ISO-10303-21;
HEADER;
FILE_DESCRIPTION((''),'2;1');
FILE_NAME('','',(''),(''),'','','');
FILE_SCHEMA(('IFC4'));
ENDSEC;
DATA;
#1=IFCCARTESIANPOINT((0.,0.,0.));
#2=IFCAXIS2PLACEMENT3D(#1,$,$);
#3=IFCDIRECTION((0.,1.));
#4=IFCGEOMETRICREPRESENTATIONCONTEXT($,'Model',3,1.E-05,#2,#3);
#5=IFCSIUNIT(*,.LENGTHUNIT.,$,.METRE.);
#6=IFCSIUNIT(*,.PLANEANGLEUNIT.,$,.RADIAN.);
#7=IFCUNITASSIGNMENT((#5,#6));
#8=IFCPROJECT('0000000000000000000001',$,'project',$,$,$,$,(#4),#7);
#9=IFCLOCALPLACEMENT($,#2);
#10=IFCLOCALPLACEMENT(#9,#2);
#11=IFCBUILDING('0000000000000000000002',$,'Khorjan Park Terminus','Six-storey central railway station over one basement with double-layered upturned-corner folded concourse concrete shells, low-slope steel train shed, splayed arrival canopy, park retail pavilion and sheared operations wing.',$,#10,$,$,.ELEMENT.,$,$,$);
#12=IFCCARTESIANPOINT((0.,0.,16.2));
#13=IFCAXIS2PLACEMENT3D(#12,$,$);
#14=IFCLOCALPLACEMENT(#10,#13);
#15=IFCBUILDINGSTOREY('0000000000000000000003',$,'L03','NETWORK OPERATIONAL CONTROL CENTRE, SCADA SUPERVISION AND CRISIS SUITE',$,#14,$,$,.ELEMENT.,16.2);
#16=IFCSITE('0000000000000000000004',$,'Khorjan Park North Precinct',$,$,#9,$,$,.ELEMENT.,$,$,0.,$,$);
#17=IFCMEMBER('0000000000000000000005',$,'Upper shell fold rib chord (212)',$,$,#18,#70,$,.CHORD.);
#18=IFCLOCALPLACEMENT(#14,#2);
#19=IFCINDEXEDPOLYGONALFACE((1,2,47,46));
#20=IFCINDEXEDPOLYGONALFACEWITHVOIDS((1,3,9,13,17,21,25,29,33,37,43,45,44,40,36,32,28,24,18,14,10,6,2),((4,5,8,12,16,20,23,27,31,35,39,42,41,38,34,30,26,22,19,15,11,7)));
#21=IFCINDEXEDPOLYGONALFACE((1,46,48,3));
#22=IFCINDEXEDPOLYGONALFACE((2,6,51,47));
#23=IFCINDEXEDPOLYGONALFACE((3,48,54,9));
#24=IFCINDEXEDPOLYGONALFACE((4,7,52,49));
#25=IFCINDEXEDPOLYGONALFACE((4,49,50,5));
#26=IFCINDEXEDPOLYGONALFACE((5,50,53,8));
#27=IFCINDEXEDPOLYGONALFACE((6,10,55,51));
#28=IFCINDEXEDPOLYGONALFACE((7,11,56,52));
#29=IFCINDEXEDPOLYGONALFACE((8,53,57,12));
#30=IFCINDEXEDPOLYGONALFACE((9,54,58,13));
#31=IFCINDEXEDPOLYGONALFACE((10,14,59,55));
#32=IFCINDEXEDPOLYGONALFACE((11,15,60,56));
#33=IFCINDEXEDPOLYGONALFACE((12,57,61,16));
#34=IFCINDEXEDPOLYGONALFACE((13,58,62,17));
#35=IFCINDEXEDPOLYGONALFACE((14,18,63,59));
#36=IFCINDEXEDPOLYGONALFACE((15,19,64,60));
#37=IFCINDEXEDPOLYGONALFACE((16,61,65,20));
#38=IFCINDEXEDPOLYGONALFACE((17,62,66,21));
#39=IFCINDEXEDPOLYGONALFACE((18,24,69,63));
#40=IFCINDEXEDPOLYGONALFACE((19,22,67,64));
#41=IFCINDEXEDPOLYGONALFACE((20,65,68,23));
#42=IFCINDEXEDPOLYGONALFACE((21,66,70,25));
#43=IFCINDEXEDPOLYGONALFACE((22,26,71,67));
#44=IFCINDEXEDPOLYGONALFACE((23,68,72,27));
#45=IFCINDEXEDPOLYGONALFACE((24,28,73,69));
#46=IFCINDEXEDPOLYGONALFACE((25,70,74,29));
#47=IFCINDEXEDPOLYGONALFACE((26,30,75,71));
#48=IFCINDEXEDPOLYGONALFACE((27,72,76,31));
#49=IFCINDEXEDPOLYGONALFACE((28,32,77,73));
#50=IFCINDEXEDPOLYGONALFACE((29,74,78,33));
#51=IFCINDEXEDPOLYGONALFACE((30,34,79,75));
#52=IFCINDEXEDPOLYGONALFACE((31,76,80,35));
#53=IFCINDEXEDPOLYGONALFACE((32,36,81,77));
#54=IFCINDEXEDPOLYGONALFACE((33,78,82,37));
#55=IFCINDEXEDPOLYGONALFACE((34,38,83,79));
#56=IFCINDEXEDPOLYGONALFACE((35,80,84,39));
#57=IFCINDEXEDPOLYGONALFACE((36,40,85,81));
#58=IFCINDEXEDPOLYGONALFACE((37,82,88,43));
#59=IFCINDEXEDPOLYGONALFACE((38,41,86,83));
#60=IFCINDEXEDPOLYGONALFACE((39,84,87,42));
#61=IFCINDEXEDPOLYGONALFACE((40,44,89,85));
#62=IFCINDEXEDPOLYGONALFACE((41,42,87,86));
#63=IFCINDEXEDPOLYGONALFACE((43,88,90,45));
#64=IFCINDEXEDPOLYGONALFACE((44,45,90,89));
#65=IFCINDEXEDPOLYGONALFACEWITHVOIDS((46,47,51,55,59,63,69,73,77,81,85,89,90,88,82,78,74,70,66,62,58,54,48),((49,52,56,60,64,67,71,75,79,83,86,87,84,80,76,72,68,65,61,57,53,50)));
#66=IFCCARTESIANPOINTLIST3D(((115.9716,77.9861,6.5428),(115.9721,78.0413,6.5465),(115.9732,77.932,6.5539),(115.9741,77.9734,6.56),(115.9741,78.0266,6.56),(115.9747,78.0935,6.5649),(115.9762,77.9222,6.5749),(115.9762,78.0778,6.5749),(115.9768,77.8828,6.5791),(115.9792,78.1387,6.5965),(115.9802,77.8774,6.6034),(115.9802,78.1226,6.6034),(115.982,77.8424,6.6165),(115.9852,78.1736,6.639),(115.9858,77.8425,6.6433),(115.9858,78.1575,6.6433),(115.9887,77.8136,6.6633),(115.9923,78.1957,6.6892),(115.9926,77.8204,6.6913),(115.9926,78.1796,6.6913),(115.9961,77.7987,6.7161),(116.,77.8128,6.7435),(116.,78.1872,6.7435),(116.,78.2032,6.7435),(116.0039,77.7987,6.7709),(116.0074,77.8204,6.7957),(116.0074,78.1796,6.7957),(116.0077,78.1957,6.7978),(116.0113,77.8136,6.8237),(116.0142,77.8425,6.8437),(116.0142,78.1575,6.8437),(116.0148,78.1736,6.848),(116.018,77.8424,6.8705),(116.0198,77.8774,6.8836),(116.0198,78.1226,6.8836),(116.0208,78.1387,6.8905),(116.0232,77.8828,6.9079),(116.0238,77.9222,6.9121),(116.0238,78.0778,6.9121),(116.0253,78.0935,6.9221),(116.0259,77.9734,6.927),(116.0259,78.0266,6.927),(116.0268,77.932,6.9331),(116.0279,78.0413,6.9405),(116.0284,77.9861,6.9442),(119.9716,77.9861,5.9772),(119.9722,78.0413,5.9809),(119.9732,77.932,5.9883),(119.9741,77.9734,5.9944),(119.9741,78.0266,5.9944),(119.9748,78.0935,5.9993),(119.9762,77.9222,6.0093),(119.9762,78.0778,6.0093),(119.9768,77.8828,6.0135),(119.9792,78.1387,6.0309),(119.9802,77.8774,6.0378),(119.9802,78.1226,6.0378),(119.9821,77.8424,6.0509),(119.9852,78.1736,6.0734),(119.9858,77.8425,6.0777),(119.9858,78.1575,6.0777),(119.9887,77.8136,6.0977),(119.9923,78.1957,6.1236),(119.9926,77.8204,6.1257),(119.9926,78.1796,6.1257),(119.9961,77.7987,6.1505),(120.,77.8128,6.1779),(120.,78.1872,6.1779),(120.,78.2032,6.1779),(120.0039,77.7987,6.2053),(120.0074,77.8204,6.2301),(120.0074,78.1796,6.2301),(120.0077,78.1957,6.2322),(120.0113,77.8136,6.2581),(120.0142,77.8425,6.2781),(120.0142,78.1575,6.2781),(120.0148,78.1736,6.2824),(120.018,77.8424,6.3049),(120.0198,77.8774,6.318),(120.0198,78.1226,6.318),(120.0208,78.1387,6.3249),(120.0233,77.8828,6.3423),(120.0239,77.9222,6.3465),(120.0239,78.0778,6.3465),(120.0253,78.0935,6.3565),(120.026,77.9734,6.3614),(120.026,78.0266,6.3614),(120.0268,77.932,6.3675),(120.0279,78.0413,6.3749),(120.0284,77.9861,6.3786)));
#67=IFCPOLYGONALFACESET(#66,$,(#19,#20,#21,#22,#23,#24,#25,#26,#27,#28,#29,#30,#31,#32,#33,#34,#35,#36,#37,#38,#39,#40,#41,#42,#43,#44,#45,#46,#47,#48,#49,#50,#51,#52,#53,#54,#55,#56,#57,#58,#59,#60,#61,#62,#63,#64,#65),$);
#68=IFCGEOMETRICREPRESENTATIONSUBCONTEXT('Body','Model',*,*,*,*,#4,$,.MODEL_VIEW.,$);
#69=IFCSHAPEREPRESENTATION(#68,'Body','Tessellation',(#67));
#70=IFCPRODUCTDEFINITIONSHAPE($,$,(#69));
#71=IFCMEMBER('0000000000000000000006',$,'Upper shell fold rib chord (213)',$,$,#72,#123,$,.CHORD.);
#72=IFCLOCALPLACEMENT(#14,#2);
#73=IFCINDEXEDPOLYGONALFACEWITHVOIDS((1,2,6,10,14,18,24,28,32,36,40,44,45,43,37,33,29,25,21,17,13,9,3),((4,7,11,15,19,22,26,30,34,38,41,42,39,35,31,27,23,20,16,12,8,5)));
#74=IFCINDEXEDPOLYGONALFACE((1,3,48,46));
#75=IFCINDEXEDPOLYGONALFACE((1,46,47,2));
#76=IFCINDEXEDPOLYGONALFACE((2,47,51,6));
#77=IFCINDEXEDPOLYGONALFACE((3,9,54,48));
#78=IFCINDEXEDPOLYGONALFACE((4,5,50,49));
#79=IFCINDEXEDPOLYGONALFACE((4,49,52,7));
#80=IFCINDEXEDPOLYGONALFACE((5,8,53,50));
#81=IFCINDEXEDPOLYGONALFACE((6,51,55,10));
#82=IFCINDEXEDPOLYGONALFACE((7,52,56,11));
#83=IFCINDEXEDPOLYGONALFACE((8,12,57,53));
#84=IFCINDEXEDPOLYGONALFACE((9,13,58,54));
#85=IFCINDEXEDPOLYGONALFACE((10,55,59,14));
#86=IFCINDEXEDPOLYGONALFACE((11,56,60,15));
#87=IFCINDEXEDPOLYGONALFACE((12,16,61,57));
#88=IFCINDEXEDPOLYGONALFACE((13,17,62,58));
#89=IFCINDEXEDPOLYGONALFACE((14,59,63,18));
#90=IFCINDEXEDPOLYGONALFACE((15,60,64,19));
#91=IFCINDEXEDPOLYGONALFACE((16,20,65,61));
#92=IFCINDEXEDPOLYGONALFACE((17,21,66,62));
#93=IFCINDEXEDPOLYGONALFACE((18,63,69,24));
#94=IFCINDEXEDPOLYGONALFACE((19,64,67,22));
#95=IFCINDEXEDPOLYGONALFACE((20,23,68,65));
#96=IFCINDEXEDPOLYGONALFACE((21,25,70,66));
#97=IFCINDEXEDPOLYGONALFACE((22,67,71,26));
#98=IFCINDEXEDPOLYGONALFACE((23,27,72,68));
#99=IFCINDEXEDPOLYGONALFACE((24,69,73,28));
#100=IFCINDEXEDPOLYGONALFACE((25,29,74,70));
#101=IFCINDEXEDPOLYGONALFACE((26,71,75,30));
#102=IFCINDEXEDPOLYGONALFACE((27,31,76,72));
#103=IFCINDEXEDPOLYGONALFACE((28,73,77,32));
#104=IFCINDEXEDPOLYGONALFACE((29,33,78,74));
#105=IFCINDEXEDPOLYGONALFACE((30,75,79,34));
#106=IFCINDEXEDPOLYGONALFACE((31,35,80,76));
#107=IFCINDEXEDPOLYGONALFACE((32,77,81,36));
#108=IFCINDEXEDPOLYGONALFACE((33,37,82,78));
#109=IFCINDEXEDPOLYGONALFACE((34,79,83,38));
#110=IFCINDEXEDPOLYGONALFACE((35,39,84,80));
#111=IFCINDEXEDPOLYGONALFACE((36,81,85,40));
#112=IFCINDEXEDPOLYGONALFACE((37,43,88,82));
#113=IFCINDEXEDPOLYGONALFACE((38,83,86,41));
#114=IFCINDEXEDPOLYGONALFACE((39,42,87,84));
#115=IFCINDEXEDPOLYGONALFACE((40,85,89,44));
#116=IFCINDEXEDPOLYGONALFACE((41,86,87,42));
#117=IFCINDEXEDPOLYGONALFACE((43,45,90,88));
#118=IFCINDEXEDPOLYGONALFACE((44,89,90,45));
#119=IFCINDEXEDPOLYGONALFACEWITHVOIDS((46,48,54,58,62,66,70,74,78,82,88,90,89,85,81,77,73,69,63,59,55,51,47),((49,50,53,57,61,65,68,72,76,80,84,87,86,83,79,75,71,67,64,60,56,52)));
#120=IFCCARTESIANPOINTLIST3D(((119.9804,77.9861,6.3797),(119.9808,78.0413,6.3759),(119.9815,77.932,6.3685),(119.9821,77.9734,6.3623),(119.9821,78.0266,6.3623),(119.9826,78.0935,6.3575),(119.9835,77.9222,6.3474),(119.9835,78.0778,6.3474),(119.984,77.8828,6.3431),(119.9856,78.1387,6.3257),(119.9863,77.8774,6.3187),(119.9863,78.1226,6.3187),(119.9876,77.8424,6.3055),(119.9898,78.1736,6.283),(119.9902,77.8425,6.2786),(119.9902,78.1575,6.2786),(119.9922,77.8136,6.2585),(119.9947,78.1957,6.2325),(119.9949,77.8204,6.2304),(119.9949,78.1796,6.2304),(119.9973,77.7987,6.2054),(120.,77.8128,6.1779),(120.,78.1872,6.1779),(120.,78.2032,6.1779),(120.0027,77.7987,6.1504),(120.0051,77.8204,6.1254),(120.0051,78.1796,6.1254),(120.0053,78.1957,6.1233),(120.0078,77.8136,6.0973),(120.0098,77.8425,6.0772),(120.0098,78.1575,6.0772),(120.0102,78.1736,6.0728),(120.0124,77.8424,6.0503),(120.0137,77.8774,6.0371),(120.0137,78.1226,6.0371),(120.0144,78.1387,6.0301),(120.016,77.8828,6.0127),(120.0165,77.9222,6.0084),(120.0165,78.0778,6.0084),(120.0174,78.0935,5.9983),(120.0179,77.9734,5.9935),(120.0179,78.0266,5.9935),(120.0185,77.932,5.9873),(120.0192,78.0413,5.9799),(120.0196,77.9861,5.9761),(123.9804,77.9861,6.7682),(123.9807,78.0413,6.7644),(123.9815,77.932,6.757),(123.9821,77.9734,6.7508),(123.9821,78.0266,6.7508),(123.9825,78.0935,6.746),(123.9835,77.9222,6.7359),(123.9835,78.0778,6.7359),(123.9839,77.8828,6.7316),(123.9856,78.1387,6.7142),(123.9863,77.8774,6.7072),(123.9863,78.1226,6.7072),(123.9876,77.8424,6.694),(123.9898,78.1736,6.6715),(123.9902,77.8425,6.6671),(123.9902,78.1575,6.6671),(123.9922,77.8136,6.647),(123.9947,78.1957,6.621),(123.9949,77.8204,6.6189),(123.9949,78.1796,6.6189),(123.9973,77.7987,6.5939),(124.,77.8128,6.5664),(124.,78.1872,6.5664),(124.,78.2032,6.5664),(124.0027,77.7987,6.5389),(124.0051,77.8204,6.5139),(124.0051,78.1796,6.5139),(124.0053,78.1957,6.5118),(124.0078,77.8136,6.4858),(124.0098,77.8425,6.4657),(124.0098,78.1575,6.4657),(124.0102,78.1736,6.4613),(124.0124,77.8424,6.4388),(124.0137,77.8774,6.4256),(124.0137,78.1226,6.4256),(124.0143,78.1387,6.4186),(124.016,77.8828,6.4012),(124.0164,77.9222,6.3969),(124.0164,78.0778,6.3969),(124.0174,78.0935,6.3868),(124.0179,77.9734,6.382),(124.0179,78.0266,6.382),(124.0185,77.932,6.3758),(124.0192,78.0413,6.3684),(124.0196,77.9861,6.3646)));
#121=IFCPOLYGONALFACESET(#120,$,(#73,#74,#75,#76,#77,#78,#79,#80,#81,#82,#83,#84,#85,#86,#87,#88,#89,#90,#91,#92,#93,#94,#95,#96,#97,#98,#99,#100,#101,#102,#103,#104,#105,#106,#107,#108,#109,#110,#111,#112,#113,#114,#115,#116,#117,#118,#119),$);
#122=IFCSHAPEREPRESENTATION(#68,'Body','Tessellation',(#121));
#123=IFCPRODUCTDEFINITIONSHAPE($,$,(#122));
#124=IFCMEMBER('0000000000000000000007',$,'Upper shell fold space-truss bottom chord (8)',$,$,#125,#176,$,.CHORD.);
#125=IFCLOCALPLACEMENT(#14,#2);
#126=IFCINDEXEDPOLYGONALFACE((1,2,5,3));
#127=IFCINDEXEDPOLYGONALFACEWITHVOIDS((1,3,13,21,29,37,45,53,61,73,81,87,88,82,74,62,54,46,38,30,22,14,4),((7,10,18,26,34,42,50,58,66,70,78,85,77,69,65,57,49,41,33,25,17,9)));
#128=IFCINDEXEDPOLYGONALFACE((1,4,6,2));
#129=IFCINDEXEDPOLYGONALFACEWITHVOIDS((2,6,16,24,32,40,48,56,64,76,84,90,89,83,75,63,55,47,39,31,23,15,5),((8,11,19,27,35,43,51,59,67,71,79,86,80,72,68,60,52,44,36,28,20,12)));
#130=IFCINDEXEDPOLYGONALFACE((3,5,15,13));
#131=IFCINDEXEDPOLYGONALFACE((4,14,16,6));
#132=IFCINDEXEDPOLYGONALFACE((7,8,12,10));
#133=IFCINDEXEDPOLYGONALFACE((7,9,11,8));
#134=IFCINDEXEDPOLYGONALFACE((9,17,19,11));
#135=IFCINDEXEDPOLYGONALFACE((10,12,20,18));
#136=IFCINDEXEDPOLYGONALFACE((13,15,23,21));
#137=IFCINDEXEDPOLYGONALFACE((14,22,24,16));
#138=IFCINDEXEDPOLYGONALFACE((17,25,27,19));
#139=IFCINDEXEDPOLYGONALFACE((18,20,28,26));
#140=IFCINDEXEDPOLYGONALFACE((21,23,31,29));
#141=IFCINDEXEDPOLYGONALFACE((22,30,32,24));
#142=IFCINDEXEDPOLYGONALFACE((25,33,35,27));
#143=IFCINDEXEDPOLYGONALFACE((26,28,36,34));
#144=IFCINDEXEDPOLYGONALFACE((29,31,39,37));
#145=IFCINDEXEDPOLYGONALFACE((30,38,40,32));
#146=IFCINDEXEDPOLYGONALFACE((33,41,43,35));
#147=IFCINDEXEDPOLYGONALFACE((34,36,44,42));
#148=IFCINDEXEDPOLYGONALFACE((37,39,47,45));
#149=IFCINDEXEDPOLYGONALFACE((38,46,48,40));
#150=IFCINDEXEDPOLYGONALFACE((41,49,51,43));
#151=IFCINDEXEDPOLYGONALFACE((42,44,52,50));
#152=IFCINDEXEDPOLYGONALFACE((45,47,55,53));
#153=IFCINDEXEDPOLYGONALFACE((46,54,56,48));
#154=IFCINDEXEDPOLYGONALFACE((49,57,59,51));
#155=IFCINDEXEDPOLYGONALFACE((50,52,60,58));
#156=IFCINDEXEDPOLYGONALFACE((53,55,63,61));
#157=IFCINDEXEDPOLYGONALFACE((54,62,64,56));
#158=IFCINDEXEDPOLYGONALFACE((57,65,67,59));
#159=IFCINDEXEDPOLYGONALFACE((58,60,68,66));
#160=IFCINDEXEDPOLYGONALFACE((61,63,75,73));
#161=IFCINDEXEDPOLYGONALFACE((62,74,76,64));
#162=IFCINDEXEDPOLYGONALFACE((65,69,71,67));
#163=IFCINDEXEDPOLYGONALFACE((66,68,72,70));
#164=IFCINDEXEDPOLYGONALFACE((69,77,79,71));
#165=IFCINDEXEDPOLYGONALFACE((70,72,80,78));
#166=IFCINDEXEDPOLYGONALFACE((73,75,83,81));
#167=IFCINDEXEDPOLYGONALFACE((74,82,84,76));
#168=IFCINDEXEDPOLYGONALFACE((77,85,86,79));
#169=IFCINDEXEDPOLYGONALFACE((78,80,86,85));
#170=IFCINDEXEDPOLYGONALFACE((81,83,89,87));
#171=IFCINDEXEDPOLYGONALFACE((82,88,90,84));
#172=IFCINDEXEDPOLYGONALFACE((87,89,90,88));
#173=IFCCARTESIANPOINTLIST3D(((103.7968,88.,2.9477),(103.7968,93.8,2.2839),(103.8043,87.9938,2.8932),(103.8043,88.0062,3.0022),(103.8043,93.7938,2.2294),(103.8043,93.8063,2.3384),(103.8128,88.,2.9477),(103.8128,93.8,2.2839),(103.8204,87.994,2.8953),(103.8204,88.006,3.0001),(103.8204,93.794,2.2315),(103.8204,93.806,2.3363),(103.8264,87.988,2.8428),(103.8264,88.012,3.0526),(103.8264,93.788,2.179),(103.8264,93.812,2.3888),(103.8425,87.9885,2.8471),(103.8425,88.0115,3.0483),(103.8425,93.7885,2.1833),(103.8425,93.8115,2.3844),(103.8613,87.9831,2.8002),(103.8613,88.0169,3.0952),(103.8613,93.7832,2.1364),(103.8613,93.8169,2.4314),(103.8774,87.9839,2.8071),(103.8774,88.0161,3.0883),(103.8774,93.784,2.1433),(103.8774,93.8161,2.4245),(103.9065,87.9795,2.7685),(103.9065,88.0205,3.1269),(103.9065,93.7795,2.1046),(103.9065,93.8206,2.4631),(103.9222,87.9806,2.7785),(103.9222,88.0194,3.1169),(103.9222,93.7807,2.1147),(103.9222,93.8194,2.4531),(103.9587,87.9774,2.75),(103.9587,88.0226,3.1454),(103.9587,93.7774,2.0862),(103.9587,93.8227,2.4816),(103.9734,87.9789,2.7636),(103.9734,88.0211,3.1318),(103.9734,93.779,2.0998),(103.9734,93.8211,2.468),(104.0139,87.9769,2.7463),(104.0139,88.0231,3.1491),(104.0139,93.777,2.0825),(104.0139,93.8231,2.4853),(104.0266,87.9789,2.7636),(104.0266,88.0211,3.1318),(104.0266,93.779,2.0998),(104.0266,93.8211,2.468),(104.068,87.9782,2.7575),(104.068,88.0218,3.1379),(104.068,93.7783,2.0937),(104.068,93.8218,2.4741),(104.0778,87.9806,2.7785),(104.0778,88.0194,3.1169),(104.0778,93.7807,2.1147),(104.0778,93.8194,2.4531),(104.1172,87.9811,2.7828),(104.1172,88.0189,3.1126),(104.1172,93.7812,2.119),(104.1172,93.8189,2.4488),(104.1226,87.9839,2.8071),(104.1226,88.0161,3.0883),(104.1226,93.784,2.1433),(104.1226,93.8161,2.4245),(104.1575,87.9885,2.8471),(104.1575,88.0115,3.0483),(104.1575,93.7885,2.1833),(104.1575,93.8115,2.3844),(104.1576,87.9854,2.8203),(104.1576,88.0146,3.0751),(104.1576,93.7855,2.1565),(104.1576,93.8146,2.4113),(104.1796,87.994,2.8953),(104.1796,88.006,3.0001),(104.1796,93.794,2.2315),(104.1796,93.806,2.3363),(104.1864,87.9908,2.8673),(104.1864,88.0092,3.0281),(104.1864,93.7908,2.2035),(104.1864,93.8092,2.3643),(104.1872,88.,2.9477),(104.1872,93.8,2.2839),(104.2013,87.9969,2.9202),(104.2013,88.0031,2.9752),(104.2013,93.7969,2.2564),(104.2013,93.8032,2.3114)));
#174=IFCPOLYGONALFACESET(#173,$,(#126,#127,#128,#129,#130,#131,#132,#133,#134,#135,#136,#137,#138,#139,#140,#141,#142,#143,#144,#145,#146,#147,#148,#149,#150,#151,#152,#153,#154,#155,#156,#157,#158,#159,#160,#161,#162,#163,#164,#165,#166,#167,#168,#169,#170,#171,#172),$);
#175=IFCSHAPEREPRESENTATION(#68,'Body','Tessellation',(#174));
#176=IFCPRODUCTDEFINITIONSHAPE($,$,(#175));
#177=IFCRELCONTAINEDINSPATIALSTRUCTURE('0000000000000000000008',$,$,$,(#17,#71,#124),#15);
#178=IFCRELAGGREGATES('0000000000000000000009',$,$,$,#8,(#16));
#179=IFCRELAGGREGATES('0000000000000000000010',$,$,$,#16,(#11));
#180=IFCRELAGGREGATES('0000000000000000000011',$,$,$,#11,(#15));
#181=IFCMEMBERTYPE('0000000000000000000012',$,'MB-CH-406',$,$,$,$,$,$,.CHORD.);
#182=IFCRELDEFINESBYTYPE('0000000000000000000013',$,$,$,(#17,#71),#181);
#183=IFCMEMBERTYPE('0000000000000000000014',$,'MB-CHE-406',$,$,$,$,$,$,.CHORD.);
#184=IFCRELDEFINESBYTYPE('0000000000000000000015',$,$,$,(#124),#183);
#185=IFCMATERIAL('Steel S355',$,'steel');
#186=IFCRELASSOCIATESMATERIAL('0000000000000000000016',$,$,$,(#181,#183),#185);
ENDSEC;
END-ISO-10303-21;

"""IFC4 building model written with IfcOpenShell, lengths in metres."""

from ifc_helpers import new_model, si_unit, direction, frame, origin, origin_2d, place, context, subcontext, project, spatial, hollow_circle, extrude, material, material_profile, profile_set, type_object, element, save


model = new_model("IFC4")

# Units and contexts
model_context = context("Model", 3, precision=1e-05, world=origin(), true_north=direction((0.0, 1.0)))
body_context = subcontext(model_context, "Body", "Model", "MODEL_VIEW")
ifc_project = project(units=[si_unit("LENGTHUNIT", "METRE"), si_unit("PLANEANGLEUNIT", "RADIAN")], contexts=[model_context])

# Site, building, storey
site_placement = place(None, origin())
site = spatial("IfcSite", under=ifc_project, at=site_placement, Name="Khorjan Park North Precinct", CompositionType="ELEMENT", RefElevation=0.0)
building_placement = place(site_placement, origin())
building = spatial("IfcBuilding", under=site, at=building_placement, Name="Khorjan Park Terminus", Description="Six-storey central railway station over one basement with double-layered upturned-corner folded concourse concrete shells, low-slope steel train shed, splayed arrival canopy, park retail pavilion and sheared operations wing.", CompositionType="ELEMENT")
storey_placement = place(building_placement, frame((0.0, 0.0, 16.2)))
storey = spatial("IfcBuildingStorey", under=building, at=storey_placement, Name="L03", Description="NETWORK OPERATIONAL CONTROL CENTRE, SCADA SUPERVISION AND CRISIS SUITE", CompositionType="ELEMENT", Elevation=16.2)

# Members
ifc_material = material(Name="Steel S355", Category="steel")
ifc_material_profile_1 = material_profile(ifc_material, hollow_circle(Radius=0.2032, WallThickness=0.016, at=origin_2d()), Name="CHS 406.4x16")
ifc_profile_set_1 = profile_set([ifc_material_profile_1], Name="Steel S355")
member_type_1 = type_object("IfcMemberType", Name="MB-CH-406", PredefinedType="CHORD", material=ifc_profile_set_1)
member_1_placement = place(storey_placement, frame((116.0, 78.0, 6.7435), z_axis=(0.99015, 0.0, -0.140007), x_axis=(0.0, 1.0, 0.0)))
element("IfcMember", 1, at=member_1_placement, inside=storey, type_object=member_type_1, Name="Upper shell fold rib chord (212)", PredefinedType="CHORD", context=body_context, shape_type="SweptSolid", body=[
    extrude(hollow_circle(Radius=0.2032, WallThickness=0.016, at=origin_2d()), origin(), (0.0, 0.0, 1.0), 4.0398),
])
member_2_placement = place(storey_placement, frame((120.0, 78.0, 6.1779), z_axis=(0.995316, 0.0, 0.09667), x_axis=(0.0, 1.0, 0.0)))
element("IfcMember", 2, at=member_2_placement, inside=storey, type_object=member_type_1, Name="Upper shell fold rib chord (213)", PredefinedType="CHORD", context=body_context, shape_type="SweptSolid", body=[
    extrude(hollow_circle(Radius=0.2032, WallThickness=0.016, at=origin_2d()), origin(), (0.0, 0.0, 1.0), 4.0188),
])
ifc_material_profile_2 = material_profile(ifc_material, hollow_circle(Radius=0.2032, WallThickness=0.016, at=origin_2d()), Name="CHS 406.4x16")
ifc_profile_set_2 = profile_set([ifc_material_profile_2], Name="Steel S355")
member_type_2 = type_object("IfcMemberType", Name="MB-CHE-406", PredefinedType="CHORD", material=ifc_profile_set_2)
member_3_placement = place(storey_placement, frame((104.0, 88.0, 2.9477), z_axis=(0.0, 0.993514, -0.113706), x_axis=(-1.0, 0.0, 0.0)))
element("IfcMember", 3, at=member_3_placement, inside=storey, type_object=member_type_2, Name="Upper shell fold space-truss bottom chord (8)", PredefinedType="CHORD", context=body_context, shape_type="SweptSolid", body=[
    extrude(hollow_circle(Radius=0.2032, WallThickness=0.016, at=origin_2d()), origin(), (0.0, 0.0, 1.0), 5.8379),
])

save(model, "model.ifc")
